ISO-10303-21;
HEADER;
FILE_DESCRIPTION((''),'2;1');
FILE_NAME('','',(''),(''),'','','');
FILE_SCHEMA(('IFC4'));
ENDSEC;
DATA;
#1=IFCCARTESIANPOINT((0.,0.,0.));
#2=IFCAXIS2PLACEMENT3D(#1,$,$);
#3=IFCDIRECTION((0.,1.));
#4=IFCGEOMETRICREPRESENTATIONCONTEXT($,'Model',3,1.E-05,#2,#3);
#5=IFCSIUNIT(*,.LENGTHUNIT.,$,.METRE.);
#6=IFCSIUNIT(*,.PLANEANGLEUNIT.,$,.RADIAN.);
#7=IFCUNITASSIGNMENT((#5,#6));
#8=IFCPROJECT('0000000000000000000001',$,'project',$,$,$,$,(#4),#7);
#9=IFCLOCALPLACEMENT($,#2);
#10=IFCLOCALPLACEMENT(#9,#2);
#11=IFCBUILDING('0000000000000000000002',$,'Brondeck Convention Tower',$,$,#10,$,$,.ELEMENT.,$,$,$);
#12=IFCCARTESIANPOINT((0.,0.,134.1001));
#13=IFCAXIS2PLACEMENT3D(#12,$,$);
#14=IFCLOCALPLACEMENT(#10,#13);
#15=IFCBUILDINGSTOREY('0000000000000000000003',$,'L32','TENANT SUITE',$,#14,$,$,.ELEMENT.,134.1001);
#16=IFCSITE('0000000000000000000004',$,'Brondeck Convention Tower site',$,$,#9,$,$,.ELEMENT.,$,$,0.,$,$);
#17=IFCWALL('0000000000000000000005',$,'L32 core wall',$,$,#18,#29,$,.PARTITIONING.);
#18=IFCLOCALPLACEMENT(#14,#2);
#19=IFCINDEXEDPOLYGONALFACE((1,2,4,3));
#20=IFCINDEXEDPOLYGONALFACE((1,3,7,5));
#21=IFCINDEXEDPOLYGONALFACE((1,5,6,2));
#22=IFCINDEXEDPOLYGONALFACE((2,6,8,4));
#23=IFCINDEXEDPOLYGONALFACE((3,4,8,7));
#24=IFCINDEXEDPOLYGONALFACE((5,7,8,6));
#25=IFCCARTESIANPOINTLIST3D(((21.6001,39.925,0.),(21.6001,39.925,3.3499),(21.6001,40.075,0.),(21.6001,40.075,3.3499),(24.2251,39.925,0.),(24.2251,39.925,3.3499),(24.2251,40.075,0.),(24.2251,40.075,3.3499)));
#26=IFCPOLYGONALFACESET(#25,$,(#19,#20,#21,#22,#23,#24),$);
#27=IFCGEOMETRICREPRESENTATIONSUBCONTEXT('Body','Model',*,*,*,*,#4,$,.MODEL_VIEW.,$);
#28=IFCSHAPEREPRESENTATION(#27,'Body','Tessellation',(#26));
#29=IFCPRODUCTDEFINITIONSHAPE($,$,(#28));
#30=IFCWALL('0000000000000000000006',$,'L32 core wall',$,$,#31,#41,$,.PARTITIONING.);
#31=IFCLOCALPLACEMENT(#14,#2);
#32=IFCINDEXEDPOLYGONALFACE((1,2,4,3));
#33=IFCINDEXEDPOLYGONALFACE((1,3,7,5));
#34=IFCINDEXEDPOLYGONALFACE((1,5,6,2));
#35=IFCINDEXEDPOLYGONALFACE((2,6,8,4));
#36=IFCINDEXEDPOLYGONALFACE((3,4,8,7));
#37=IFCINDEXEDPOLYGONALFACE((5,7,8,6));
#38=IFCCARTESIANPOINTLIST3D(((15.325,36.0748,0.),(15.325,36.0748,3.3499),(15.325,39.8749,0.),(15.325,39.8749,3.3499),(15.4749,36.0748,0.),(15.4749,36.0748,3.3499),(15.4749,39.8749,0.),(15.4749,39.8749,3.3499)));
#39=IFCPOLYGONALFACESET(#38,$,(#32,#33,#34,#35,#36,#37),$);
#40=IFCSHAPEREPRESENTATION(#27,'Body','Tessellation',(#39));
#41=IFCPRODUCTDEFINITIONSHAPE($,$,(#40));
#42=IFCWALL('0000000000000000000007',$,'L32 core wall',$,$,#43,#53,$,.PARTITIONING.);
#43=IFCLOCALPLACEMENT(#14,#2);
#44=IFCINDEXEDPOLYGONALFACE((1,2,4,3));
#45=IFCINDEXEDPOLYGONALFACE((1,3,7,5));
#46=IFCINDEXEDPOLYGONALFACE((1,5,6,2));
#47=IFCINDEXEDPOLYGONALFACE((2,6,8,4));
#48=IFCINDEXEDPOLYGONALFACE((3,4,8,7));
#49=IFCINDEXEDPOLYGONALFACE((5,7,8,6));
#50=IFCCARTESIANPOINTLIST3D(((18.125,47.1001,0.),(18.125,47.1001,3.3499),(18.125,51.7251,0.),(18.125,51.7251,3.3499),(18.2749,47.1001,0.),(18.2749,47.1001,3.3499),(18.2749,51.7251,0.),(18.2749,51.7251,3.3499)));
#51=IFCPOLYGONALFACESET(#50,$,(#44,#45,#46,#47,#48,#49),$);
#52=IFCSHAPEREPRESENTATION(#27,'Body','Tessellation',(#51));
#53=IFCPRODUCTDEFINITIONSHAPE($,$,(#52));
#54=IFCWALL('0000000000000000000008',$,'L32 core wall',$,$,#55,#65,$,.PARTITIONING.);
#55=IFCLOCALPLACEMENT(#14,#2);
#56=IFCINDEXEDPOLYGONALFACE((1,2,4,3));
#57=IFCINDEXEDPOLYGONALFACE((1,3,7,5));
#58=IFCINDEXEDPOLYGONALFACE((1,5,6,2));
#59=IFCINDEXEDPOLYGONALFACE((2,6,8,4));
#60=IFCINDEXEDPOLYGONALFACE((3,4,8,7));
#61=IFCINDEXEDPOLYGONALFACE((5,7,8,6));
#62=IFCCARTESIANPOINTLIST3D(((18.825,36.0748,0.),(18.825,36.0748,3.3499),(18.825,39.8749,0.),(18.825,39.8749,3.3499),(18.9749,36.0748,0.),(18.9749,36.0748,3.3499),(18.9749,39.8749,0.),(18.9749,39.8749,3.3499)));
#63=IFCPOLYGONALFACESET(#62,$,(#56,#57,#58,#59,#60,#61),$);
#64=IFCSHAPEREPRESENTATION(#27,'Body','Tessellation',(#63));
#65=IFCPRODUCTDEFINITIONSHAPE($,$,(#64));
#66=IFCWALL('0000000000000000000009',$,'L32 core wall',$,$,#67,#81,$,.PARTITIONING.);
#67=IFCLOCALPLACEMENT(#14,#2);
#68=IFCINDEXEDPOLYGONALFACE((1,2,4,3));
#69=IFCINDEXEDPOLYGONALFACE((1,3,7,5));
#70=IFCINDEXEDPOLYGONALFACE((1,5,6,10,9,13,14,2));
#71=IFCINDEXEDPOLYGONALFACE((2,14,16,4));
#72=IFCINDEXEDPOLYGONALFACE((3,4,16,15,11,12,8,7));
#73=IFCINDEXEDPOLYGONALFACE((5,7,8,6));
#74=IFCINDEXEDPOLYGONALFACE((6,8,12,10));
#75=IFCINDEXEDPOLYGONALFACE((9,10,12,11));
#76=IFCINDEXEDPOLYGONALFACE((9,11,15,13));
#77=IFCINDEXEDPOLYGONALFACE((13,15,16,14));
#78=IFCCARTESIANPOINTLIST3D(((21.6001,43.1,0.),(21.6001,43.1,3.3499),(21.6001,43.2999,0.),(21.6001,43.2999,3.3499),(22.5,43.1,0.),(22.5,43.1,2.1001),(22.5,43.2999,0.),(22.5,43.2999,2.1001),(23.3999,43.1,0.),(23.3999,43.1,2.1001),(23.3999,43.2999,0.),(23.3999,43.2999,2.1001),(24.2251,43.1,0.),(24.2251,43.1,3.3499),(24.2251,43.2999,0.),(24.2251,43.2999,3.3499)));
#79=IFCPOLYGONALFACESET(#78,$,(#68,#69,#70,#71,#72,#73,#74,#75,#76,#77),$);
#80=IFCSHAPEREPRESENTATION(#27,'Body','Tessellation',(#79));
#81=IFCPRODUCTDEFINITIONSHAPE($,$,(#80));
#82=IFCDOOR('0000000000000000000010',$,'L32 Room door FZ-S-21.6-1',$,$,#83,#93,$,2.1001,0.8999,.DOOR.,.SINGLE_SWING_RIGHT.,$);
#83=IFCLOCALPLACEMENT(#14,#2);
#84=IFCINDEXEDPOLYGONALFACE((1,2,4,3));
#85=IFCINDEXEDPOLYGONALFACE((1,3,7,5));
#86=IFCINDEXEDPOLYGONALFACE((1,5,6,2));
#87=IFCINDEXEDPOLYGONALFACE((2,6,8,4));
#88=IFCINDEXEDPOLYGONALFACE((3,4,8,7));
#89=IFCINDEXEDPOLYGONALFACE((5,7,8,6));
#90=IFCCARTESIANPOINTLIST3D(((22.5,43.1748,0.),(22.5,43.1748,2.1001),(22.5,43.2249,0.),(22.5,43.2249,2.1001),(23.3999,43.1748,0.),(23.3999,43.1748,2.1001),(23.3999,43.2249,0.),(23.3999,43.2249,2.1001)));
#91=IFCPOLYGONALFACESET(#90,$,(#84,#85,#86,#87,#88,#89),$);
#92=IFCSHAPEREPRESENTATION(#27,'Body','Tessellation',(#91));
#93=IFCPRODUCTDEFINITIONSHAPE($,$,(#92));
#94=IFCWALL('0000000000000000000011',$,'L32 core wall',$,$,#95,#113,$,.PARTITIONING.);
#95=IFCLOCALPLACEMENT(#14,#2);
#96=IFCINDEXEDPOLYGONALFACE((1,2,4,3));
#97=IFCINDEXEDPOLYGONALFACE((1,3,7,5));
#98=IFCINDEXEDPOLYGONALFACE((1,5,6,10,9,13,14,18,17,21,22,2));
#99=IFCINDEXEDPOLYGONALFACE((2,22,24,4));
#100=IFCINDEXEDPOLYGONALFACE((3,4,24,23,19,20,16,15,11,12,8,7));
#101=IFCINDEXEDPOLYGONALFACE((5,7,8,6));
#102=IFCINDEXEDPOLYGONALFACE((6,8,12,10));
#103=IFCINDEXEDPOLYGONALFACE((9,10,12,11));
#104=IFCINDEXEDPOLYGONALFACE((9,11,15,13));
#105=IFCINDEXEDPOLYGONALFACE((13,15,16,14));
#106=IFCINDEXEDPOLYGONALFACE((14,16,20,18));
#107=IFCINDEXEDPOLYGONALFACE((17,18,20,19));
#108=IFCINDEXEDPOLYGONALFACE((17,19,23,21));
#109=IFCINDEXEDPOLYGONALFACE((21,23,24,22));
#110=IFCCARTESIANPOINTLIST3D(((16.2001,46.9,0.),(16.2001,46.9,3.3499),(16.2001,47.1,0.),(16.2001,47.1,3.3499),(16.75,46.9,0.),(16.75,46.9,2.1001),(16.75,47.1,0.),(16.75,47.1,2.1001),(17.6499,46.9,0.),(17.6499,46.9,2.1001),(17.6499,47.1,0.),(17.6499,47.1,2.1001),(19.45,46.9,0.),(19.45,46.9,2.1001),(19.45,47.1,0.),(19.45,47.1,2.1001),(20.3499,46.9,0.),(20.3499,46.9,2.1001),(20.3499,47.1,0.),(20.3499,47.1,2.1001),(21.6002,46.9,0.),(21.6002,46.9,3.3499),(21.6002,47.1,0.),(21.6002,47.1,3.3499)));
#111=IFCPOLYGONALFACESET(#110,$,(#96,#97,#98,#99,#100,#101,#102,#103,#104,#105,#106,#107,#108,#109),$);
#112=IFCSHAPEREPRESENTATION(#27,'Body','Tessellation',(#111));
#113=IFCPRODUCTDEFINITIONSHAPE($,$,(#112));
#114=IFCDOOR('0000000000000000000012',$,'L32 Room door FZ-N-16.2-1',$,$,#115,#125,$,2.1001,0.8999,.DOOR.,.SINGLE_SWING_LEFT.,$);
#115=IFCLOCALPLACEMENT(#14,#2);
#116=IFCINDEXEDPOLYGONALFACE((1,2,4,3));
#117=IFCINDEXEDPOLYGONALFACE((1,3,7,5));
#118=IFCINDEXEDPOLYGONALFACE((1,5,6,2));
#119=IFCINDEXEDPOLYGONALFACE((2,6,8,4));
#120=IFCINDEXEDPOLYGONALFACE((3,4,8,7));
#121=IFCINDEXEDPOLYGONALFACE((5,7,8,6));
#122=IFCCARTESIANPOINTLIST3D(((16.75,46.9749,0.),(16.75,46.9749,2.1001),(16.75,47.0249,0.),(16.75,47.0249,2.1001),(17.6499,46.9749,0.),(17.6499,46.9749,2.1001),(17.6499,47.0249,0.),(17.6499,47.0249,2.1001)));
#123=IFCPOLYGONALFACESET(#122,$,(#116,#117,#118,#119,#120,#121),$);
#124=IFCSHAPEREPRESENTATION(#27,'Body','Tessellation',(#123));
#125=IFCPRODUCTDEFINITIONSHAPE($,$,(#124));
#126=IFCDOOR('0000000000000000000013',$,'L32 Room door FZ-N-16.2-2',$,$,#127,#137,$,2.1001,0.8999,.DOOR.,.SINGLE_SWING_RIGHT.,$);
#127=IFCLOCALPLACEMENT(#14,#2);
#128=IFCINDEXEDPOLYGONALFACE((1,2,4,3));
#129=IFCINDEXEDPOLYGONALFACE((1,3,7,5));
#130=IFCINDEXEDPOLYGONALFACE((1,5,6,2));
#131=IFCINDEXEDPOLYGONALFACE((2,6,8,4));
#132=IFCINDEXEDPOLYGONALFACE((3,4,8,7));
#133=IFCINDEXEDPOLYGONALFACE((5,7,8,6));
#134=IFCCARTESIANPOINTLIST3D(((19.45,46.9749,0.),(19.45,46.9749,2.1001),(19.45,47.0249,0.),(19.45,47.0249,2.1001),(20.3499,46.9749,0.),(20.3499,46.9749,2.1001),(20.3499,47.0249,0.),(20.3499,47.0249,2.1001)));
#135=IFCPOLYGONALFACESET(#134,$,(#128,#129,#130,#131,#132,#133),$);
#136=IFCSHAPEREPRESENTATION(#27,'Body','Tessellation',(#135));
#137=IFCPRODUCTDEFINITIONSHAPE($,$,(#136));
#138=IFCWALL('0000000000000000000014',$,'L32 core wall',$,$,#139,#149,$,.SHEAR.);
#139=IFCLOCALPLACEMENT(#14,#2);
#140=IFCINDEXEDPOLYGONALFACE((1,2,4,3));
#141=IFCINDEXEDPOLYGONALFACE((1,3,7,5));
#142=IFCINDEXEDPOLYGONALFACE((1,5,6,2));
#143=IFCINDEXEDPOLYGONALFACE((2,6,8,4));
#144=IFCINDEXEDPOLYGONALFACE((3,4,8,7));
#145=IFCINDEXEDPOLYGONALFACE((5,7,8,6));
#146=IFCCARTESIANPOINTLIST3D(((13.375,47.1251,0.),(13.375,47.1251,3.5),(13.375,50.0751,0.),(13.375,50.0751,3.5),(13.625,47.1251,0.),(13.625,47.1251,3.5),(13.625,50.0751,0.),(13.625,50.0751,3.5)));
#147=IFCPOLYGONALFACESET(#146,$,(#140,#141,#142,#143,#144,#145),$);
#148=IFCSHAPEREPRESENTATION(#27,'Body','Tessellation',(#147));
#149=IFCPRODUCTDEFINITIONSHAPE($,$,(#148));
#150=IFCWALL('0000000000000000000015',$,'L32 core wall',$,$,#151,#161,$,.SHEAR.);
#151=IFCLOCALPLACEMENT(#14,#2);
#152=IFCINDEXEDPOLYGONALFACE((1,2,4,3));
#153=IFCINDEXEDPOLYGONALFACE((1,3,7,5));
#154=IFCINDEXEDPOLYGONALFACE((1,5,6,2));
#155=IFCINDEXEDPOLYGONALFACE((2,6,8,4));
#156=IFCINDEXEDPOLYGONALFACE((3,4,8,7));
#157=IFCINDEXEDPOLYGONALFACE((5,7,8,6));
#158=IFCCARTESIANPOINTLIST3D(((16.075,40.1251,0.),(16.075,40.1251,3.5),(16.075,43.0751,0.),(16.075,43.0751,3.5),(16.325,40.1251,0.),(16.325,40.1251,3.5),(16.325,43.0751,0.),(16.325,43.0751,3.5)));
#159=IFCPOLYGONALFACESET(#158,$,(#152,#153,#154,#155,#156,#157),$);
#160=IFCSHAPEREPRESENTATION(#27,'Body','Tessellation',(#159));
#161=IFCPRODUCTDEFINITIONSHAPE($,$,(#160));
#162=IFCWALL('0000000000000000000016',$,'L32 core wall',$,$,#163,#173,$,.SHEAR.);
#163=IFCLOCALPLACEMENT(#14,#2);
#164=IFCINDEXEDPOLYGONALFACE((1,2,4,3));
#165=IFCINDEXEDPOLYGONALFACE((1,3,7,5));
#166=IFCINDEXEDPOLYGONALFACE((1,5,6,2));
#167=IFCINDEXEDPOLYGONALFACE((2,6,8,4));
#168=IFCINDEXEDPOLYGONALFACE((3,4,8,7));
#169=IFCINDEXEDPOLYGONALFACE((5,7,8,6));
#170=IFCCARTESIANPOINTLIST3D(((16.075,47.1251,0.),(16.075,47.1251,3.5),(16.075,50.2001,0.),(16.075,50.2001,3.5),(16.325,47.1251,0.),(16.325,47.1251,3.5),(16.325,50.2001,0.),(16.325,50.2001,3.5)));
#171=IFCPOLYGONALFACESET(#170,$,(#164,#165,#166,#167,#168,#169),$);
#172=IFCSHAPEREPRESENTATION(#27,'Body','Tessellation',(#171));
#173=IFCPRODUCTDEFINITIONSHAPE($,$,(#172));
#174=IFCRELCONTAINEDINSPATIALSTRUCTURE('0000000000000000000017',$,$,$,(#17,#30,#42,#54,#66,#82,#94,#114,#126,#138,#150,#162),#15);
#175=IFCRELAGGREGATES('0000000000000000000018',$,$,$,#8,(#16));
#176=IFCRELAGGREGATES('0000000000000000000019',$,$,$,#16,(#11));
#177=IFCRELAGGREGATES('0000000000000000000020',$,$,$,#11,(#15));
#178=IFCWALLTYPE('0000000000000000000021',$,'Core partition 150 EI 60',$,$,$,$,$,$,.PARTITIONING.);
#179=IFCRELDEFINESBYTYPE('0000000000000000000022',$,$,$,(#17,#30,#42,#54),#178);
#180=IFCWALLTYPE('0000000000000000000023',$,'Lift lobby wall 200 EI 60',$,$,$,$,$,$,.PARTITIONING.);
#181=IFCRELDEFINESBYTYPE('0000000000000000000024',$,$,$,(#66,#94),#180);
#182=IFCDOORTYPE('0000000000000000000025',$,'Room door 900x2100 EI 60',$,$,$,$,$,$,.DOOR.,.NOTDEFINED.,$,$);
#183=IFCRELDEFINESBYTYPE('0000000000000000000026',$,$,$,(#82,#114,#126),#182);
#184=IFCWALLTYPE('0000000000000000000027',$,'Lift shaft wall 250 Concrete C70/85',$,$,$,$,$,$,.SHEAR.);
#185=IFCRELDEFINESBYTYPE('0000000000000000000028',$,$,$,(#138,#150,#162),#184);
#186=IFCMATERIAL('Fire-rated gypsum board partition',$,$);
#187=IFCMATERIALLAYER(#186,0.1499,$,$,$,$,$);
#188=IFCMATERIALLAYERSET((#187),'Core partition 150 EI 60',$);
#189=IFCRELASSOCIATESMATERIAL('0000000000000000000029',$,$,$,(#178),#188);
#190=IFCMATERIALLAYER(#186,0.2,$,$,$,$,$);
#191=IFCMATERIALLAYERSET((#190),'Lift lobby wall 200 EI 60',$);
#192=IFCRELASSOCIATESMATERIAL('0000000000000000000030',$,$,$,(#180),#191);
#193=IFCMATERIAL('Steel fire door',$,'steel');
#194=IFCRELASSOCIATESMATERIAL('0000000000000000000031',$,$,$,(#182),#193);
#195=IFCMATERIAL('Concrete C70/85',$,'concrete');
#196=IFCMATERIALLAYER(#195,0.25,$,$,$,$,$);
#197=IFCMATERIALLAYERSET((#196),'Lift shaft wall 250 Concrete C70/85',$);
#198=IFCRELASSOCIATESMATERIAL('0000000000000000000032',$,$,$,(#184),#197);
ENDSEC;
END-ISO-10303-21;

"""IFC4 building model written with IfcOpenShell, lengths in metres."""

from ifc_helpers import new_model, si_unit, direction, frame, frame_2d, origin, place, context, subcontext, project, spatial, rectangle, extrude, material, layer, layer_set, type_object, element, fill, save


model = new_model("IFC4")

# Units and contexts
model_context = context("Model", 3, precision=1e-05, world=origin(), true_north=direction((0.0, 1.0)))
body_context = subcontext(model_context, "Body", "Model", "MODEL_VIEW")
ifc_project = project(units=[si_unit("LENGTHUNIT", "METRE"), si_unit("PLANEANGLEUNIT", "RADIAN")], contexts=[model_context])

# Site, building, storey
site_placement = place(None, origin())
site = spatial("IfcSite", under=ifc_project, at=site_placement, Name="Brondeck Convention Tower site", CompositionType="ELEMENT", RefElevation=0.0)
building_placement = place(site_placement, origin())
building = spatial("IfcBuilding", under=site, at=building_placement, Name="Brondeck Convention Tower", CompositionType="ELEMENT")
storey_placement = place(building_placement, frame((0.0, 0.0, 134.1001)))
storey = spatial("IfcBuildingStorey", under=building, at=storey_placement, Name="L32", Description="TENANT SUITE", CompositionType="ELEMENT", Elevation=134.1001)

# Walls
ifc_material_1 = material(Name="Fire-rated gypsum board partition")
ifc_layer_1 = layer(ifc_material_1, 0.1499)
ifc_layer_set_1 = layer_set([ifc_layer_1], Name="Core partition 150 EI 60")
wall_type_1 = type_object("IfcWallType", Name="Core partition 150 EI 60", PredefinedType="PARTITIONING", material=ifc_layer_set_1)
wall_1_placement = place(storey_placement, frame((21.6001, 40.0, 0.0), z_axis=(0.0, 0.0, 1.0), x_axis=(1.0, 0.0, 0.0)))
element("IfcWall", 1, at=wall_1_placement, inside=storey, type_object=wall_type_1, Name="L32 core wall", PredefinedType="PARTITIONING", context=body_context, shape_type="SweptSolid", body=[
    extrude(rectangle(XDim=2.625, YDim=0.1499, at=frame_2d((1.3125, 0.0))), origin(), (0.0, 0.0, 1.0), 3.3499),
])
wall_2_placement = place(storey_placement, frame((15.3999, 36.075, 0.0), z_axis=(0.0, 0.0, 1.0), x_axis=(0.0, 1.0, 0.0)))
element("IfcWall", 2, at=wall_2_placement, inside=storey, type_object=wall_type_1, Name="L32 core wall", PredefinedType="PARTITIONING", context=body_context, shape_type="SweptSolid", body=[
    extrude(rectangle(XDim=3.8, YDim=0.1499, at=frame_2d((1.8999, 0.0))), origin(), (0.0, 0.0, 1.0), 3.3499),
])
wall_3_placement = place(storey_placement, frame((18.2, 47.1001, 0.0), z_axis=(0.0, 0.0, 1.0), x_axis=(0.0, 1.0, 0.0)))
element("IfcWall", 3, at=wall_3_placement, inside=storey, type_object=wall_type_1, Name="L32 core wall", PredefinedType="PARTITIONING", context=body_context, shape_type="SweptSolid", body=[
    extrude(rectangle(XDim=4.625, YDim=0.1499, at=frame_2d((2.3125, 0.0))), origin(), (0.0, 0.0, 1.0), 3.3499),
])
wall_4_placement = place(storey_placement, frame((18.8999, 36.075, 0.0), z_axis=(0.0, 0.0, 1.0), x_axis=(0.0, 1.0, 0.0)))
element("IfcWall", 4, at=wall_4_placement, inside=storey, type_object=wall_type_1, Name="L32 core wall", PredefinedType="PARTITIONING", context=body_context, shape_type="SweptSolid", body=[
    extrude(rectangle(XDim=3.8, YDim=0.1499, at=frame_2d((1.8999, 0.0))), origin(), (0.0, 0.0, 1.0), 3.3499),
])

# Wall, opening, door
ifc_layer_2 = layer(ifc_material_1, 0.2)
ifc_layer_set_2 = layer_set([ifc_layer_2], Name="Lift lobby wall 200 EI 60")
wall_type_2 = type_object("IfcWallType", Name="Lift lobby wall 200 EI 60", PredefinedType="PARTITIONING", material=ifc_layer_set_2)
wall_5_placement = place(storey_placement, frame((21.6001, 43.2, 0.0), z_axis=(0.0, 0.0, 1.0), x_axis=(1.0, 0.0, 0.0)))
wall_5 = element("IfcWall", 5, at=wall_5_placement, inside=storey, type_object=wall_type_2, Name="L32 core wall", PredefinedType="PARTITIONING", context=body_context, shape_type="SweptSolid", body=[
    extrude(rectangle(XDim=2.625, YDim=0.2, at=frame_2d((1.3125, 0.0))), origin(), (0.0, 0.0, 1.0), 3.3499),
])
opening_1_placement = place(wall_5_placement, frame((0.8999, 0.0, 0.0)))
opening_1 = element("IfcOpeningElement", 6, at=opening_1_placement, cuts=wall_5, PredefinedType="OPENING", context=body_context, shape_type="SweptSolid", body=[
    extrude(rectangle(XDim=0.8999, YDim=2.1001, at=frame_2d((0.45, 1.05))), frame((0.0, 0.1099, 0.0), z_axis=(0.0, -1.0, 0.0), x_axis=(1.0, 0.0, 0.0)), (0.0, 0.0, 1.0), 0.22),
])
ifc_material_2 = material(Name="Steel fire door", Category="steel")
door_type_1 = type_object("IfcDoorType", Name="Room door 900x2100 EI 60", OperationType="NOTDEFINED", PredefinedType="DOOR", material=ifc_material_2)
door_1_placement = place(opening_1_placement, origin())
door_1 = element("IfcDoor", 7, at=door_1_placement, inside=storey, type_object=door_type_1, Name="L32 Room door FZ-S-21.6-1", OperationType="SINGLE_SWING_RIGHT", OverallHeight=2.1001, OverallWidth=0.8999, PredefinedType="DOOR", context=body_context, shape_type="SweptSolid", body=[
    extrude(rectangle(XDim=0.8999, YDim=2.1001, at=frame_2d((0.45, 1.05))), frame((0.0, 0.0249, 0.0), z_axis=(0.0, -1.0, 0.0), x_axis=(1.0, 0.0, 0.0)), (0.0, 0.0, 1.0), 0.05),
])
fill(opening_1, door_1)

# Wall, openings, doors
wall_6_placement = place(storey_placement, frame((16.2, 47.0, 0.0), z_axis=(0.0, 0.0, 1.0), x_axis=(1.0, 0.0, 0.0)))
wall_6 = element("IfcWall", 8, at=wall_6_placement, inside=storey, type_object=wall_type_2, Name="L32 core wall", PredefinedType="PARTITIONING", context=body_context, shape_type="SweptSolid", body=[
    extrude(rectangle(XDim=5.4001, YDim=0.2, at=frame_2d((2.7002, 0.0))), origin(), (0.0, 0.0, 1.0), 3.3499),
])
opening_2_placement = place(wall_6_placement, frame((0.55, 0.0, 0.0)))
opening_2 = element("IfcOpeningElement", 9, at=opening_2_placement, cuts=wall_6, PredefinedType="OPENING", context=body_context, shape_type="SweptSolid", body=[
    extrude(rectangle(XDim=0.8999, YDim=2.1001, at=frame_2d((0.45, 1.05))), frame((0.0, 0.1099, 0.0), z_axis=(0.0, -1.0, 0.0), x_axis=(1.0, 0.0, 0.0)), (0.0, 0.0, 1.0), 0.22),
])
opening_3_placement = place(wall_6_placement, frame((3.25, 0.0, 0.0)))
opening_3 = element("IfcOpeningElement", 10, at=opening_3_placement, cuts=wall_6, PredefinedType="OPENING", context=body_context, shape_type="SweptSolid", body=[
    extrude(rectangle(XDim=0.8999, YDim=2.1001, at=frame_2d((0.45, 1.05))), frame((0.0, 0.1099, 0.0), z_axis=(0.0, -1.0, 0.0), x_axis=(1.0, 0.0, 0.0)), (0.0, 0.0, 1.0), 0.22),
])
door_2_placement = place(opening_2_placement, origin())
door_2 = element("IfcDoor", 11, at=door_2_placement, inside=storey, type_object=door_type_1, Name="L32 Room door FZ-N-16.2-1", OperationType="SINGLE_SWING_LEFT", OverallHeight=2.1001, OverallWidth=0.8999, PredefinedType="DOOR", context=body_context, shape_type="SweptSolid", body=[
    extrude(rectangle(XDim=0.8999, YDim=2.1001, at=frame_2d((0.45, 1.05))), frame((0.0, 0.0249, 0.0), z_axis=(0.0, -1.0, 0.0), x_axis=(1.0, 0.0, 0.0)), (0.0, 0.0, 1.0), 0.05),
])
fill(opening_2, door_2)
door_3_placement = place(opening_3_placement, origin())
door_3 = element("IfcDoor", 12, at=door_3_placement, inside=storey, type_object=door_type_1, Name="L32 Room door FZ-N-16.2-2", OperationType="SINGLE_SWING_RIGHT", OverallHeight=2.1001, OverallWidth=0.8999, PredefinedType="DOOR", context=body_context, shape_type="SweptSolid", body=[
    extrude(rectangle(XDim=0.8999, YDim=2.1001, at=frame_2d((0.45, 1.05))), frame((0.0, 0.0249, 0.0), z_axis=(0.0, -1.0, 0.0), x_axis=(1.0, 0.0, 0.0)), (0.0, 0.0, 1.0), 0.05),
])
fill(opening_3, door_3)

# Walls
ifc_material_3 = material(Name="Concrete C70/85", Category="concrete")
ifc_layer_3 = layer(ifc_material_3, 0.25)
ifc_layer_set_3 = layer_set([ifc_layer_3], Name="Lift shaft wall 250 Concrete C70/85")
wall_type_3 = type_object("IfcWallType", Name="Lift shaft wall 250 Concrete C70/85", PredefinedType="SHEAR", material=ifc_layer_set_3)
for number, where, z_axis, x_axis, name in (
    (13, (13.5, 47.125, 0.0), (0.0, 0.0, 1.0), (0.0, 1.0, 0.0), "L32 core wall"),
    (14, (16.2, 40.125, 0.0), (0.0, 0.0, 1.0), (0.0, 1.0, 0.0), "L32 core wall"),
):
    element("IfcWall", number, at=place(storey_placement, frame(where, z_axis=z_axis, x_axis=x_axis)), inside=storey, type_object=wall_type_3, Name=name, PredefinedType="SHEAR", context=body_context, shape_type="SweptSolid", body=[
        extrude(rectangle(XDim=2.95, YDim=0.25, at=frame_2d((1.4751, 0.0))), origin(), (0.0, 0.0, 1.0), 3.5),
    ])
wall_7_placement = place(storey_placement, frame((16.2, 47.125, 0.0), z_axis=(0.0, 0.0, 1.0), x_axis=(0.0, 1.0, 0.0)))
element("IfcWall", 15, at=wall_7_placement, inside=storey, type_object=wall_type_3, Name="L32 core wall", PredefinedType="SHEAR", context=body_context, shape_type="SweptSolid", body=[
    extrude(rectangle(XDim=3.075, YDim=0.25, at=frame_2d((1.5376, 0.0))), origin(), (0.0, 0.0, 1.0), 3.5),
])

save(model, "model.ifc")
